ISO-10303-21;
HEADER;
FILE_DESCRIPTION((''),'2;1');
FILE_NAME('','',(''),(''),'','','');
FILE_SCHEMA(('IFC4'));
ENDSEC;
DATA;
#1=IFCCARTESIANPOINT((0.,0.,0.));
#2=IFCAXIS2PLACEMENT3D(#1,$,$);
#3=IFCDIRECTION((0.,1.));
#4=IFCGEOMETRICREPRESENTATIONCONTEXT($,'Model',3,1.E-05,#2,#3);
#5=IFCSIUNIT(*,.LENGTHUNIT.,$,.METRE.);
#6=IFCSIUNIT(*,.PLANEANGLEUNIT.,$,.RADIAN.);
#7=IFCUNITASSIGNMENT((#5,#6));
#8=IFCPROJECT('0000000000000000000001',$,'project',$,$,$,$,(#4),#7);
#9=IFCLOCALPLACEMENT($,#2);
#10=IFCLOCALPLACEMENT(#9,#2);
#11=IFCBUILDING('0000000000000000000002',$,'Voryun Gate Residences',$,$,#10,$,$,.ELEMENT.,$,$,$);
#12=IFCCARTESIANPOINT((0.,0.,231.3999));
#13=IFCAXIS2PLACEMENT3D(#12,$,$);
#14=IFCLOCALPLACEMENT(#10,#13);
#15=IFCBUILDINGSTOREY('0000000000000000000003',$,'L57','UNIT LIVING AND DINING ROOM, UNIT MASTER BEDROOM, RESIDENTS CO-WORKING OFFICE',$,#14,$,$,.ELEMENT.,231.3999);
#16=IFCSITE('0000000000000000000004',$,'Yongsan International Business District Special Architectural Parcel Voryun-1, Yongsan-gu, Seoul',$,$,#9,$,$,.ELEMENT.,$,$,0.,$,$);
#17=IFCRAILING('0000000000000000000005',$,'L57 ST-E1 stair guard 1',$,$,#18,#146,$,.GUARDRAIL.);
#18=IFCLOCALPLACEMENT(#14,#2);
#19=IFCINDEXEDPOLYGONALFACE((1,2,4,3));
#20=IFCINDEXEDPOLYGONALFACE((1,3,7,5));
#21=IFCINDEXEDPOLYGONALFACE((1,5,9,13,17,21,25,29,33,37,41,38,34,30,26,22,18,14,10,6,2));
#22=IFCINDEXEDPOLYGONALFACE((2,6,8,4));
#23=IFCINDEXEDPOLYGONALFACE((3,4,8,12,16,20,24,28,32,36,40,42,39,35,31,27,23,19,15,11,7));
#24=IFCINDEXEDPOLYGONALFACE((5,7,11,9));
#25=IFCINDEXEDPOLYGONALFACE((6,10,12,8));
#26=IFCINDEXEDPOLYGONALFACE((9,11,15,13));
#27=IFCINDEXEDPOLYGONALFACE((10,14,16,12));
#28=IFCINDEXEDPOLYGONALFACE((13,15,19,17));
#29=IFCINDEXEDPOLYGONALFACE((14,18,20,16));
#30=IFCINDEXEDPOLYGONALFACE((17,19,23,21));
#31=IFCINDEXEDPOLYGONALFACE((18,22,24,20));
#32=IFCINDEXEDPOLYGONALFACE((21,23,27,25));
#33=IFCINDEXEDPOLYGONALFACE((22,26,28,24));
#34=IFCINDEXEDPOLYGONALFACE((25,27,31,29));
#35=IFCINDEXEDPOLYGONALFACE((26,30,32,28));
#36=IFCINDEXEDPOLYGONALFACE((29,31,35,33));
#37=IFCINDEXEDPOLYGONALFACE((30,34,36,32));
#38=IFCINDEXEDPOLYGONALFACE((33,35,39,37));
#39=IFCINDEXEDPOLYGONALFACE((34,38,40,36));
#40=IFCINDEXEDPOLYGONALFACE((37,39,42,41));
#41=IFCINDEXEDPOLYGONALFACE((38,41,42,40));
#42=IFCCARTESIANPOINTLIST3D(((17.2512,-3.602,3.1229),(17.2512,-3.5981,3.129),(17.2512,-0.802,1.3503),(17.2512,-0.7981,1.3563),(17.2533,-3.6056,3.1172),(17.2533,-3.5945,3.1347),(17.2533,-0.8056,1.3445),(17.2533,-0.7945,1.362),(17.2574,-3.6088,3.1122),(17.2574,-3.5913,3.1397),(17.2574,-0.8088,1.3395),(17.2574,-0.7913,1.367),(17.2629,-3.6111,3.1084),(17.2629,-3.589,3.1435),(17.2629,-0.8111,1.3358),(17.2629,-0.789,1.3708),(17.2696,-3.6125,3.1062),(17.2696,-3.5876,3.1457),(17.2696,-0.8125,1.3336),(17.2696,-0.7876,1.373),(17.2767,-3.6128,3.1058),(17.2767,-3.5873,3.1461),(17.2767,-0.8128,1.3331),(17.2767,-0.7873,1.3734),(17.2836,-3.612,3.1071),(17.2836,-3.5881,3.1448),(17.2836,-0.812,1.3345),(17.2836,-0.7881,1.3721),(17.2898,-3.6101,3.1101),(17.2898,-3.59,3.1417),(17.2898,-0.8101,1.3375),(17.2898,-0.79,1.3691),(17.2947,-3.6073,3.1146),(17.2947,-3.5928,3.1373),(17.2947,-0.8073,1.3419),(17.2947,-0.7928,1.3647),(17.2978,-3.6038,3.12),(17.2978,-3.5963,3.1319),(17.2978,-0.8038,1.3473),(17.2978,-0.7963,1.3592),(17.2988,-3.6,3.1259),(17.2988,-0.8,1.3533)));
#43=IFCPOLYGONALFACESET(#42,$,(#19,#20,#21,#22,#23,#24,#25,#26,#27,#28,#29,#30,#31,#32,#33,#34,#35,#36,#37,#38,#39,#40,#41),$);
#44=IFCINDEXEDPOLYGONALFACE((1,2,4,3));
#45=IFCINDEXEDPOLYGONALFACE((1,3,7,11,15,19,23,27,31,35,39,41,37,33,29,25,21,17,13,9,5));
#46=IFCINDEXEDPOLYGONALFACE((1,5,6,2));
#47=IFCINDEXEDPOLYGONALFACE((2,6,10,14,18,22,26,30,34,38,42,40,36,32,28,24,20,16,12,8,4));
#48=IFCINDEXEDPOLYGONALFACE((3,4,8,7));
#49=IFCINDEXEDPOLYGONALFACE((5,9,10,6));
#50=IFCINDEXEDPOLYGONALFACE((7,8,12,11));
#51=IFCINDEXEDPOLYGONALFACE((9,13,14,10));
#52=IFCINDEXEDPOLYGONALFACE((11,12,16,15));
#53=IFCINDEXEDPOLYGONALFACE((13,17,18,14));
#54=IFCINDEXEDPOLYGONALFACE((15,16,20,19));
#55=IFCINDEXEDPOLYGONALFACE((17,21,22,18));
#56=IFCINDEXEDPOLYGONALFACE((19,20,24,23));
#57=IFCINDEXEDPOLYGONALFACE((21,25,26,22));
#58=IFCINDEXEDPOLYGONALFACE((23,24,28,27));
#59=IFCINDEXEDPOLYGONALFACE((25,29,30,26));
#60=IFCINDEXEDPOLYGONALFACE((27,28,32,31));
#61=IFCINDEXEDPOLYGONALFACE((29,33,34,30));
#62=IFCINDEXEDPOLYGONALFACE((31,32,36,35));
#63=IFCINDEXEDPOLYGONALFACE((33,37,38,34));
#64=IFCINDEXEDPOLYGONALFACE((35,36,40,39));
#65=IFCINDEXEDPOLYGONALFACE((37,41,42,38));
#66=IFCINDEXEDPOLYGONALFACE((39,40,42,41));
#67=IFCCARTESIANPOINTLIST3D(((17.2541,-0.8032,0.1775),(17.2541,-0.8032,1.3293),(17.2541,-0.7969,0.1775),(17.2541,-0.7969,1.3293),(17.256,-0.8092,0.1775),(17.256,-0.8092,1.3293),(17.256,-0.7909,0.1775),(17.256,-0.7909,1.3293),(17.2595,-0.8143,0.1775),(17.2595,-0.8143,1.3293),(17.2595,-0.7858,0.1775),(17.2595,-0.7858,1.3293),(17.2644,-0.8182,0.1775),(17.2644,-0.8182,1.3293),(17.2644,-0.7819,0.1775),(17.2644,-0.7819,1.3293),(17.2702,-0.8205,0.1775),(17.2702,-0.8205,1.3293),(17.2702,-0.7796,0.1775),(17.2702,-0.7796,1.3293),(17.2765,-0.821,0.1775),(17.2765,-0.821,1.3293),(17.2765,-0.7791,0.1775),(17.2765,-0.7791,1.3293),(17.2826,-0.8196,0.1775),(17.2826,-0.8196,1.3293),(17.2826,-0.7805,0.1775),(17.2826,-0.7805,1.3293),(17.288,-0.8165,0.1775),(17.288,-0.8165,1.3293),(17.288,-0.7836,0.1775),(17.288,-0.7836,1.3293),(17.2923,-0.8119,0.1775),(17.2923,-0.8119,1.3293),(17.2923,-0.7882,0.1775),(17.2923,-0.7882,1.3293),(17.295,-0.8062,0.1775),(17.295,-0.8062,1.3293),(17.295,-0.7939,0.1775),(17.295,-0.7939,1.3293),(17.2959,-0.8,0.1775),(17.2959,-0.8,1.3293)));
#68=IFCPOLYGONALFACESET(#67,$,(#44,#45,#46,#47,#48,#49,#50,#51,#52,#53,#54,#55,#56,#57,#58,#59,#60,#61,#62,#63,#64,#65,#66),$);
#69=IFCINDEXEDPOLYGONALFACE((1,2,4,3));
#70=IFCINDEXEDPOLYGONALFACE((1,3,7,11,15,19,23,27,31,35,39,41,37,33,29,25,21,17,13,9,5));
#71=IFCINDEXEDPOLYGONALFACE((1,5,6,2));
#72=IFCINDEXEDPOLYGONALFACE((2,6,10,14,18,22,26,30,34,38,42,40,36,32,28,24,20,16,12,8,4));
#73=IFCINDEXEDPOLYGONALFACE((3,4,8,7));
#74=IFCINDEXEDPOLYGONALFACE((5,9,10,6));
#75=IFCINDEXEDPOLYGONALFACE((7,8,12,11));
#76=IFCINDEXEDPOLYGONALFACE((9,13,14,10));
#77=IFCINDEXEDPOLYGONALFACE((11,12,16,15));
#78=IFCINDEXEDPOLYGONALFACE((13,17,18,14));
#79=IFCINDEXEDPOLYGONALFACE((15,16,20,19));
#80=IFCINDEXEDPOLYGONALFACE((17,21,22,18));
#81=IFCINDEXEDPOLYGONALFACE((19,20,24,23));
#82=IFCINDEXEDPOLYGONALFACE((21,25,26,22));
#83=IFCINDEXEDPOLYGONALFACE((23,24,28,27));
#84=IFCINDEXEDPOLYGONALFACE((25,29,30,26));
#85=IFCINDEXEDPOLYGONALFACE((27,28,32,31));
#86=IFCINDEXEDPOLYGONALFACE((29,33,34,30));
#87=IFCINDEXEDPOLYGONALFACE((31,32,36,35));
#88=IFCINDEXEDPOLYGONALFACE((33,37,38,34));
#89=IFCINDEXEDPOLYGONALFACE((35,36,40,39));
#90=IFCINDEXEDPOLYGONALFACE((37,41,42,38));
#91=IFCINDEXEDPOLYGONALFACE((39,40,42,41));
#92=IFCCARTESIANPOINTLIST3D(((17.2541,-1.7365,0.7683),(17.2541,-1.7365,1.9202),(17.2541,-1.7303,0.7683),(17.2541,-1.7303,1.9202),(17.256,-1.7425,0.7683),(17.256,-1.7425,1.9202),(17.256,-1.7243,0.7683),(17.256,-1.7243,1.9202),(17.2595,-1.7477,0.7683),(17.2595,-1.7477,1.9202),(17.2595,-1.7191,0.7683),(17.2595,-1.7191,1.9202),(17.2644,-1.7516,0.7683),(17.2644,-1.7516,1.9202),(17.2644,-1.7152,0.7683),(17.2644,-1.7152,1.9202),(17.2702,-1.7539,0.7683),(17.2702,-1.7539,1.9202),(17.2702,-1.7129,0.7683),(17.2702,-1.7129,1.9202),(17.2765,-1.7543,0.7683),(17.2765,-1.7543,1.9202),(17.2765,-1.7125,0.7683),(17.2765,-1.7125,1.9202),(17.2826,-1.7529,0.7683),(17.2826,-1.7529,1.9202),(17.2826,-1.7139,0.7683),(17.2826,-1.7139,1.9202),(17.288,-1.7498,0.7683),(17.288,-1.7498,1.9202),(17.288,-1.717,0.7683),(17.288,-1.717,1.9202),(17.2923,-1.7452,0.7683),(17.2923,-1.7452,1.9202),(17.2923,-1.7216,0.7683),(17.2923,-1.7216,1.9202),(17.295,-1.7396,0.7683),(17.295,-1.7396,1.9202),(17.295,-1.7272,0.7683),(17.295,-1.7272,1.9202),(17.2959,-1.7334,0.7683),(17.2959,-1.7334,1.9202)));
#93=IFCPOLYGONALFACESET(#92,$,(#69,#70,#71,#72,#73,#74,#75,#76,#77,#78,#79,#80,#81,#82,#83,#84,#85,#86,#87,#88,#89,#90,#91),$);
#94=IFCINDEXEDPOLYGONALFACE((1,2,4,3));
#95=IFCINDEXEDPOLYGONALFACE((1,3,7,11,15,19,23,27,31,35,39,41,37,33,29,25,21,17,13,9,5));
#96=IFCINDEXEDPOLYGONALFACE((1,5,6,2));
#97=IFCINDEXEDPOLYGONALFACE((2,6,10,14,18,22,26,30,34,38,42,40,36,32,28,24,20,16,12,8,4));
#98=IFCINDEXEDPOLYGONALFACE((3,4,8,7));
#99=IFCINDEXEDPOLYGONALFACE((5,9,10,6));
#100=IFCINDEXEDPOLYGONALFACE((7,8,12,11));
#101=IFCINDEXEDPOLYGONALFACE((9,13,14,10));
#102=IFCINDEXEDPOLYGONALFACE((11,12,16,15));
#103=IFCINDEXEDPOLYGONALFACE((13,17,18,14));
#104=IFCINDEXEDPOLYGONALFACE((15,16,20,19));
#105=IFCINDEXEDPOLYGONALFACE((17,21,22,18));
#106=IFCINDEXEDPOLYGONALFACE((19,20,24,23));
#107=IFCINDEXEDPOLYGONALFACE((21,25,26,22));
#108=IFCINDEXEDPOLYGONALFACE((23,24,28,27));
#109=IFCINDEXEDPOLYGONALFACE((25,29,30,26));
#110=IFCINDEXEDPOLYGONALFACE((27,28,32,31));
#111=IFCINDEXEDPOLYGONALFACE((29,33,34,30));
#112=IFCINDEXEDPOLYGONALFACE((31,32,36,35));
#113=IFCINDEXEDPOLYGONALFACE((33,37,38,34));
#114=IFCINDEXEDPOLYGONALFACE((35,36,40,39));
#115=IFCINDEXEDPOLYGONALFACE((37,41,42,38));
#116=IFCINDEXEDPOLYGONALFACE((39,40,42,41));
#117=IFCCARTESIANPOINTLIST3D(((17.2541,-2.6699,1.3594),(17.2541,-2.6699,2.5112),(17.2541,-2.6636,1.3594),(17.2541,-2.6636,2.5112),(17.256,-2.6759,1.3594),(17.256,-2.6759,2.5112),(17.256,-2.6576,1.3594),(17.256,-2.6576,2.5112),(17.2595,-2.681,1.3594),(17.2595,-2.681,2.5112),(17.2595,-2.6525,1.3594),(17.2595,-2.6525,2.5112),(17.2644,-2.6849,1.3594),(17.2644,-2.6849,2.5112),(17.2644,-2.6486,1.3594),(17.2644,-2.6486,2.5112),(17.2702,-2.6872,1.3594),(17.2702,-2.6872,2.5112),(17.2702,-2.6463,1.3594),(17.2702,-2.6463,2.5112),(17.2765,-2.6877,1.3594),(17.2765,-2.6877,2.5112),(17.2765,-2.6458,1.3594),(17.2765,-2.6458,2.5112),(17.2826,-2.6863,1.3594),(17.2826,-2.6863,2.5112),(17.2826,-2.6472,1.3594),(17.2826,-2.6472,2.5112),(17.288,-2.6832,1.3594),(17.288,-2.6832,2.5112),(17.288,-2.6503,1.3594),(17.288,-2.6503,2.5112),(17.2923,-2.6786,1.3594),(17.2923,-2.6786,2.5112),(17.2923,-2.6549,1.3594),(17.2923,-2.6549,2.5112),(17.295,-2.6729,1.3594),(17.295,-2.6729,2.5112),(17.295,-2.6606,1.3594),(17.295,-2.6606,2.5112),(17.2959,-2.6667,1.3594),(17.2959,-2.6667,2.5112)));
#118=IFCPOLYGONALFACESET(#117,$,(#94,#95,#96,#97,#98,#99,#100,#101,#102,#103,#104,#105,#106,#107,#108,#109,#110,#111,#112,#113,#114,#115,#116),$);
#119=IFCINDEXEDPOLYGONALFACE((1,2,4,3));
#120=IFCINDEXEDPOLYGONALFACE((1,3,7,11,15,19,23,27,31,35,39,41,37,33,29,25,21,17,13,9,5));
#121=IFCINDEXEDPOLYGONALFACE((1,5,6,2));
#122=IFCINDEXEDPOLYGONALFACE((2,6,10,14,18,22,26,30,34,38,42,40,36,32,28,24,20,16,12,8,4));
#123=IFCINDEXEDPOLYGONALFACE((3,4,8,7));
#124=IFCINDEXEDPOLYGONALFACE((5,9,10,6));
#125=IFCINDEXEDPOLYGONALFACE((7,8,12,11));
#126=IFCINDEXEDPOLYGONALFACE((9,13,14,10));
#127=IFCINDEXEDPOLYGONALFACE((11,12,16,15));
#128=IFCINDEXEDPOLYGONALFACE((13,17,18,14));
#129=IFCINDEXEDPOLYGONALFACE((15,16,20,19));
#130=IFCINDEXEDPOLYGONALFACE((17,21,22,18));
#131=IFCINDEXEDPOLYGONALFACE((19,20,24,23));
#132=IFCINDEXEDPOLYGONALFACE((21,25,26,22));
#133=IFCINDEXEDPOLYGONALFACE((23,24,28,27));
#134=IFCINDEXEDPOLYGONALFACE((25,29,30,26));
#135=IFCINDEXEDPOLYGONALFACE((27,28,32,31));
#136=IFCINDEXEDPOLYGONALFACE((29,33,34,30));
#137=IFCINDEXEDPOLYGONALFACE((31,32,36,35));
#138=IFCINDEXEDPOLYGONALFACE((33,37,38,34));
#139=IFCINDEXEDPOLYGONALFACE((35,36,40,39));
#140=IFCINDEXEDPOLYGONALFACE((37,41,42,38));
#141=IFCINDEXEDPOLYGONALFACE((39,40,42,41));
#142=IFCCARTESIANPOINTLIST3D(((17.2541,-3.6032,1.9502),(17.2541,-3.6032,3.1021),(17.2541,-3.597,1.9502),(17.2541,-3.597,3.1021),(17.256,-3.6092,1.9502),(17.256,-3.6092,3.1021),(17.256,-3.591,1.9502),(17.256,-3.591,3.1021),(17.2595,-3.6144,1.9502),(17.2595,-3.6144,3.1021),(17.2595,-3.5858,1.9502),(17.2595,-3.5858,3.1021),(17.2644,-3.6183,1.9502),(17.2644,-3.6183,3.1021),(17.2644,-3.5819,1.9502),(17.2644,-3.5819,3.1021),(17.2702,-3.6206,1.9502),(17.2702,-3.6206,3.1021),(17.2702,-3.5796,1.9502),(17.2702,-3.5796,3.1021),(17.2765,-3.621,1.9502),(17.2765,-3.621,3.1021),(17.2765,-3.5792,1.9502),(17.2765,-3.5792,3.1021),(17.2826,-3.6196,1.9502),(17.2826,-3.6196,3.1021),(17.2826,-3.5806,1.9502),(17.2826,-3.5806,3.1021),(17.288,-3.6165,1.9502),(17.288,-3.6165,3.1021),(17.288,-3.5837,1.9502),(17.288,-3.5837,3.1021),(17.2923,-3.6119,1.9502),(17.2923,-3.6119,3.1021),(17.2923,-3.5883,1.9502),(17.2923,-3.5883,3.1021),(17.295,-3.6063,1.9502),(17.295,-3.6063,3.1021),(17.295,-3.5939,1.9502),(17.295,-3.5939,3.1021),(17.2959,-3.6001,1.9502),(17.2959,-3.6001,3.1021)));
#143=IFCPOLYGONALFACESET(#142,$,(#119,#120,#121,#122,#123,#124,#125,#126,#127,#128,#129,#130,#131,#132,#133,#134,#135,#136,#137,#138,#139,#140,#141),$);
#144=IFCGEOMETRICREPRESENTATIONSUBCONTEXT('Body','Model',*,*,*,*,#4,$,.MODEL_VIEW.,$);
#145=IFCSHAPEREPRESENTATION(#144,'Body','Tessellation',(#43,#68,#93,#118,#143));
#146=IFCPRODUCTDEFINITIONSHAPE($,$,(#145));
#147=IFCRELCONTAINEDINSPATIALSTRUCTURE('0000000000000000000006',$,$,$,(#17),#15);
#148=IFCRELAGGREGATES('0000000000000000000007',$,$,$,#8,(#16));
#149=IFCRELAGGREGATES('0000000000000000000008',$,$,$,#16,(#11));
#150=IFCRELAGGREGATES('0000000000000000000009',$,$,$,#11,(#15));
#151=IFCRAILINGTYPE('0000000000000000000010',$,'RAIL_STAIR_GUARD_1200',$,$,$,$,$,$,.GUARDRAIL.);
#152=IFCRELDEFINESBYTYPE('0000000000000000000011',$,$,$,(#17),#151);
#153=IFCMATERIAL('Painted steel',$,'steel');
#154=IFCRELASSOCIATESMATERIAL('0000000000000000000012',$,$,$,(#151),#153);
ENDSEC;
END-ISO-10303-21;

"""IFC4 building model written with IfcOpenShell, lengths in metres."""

from ifc_helpers import new_model, si_unit, direction, frame, origin, origin_2d, place, context, subcontext, project, spatial, circle, extrude, material, type_object, element, save


model = new_model("IFC4")

# Units and contexts
model_context = context("Model", 3, precision=1e-05, world=origin(), true_north=direction((0.0, 1.0)))
body_context = subcontext(model_context, "Body", "Model", "MODEL_VIEW")
ifc_project = project(units=[si_unit("LENGTHUNIT", "METRE"), si_unit("PLANEANGLEUNIT", "RADIAN")], contexts=[model_context])

# Site, building, storey
site_placement = place(None, origin())
site = spatial("IfcSite", under=ifc_project, at=site_placement, Name="Yongsan International Business District Special Architectural Parcel Voryun-1, Yongsan-gu, Seoul", CompositionType="ELEMENT", RefElevation=0.0)
building_placement = place(site_placement, origin())
building = spatial("IfcBuilding", under=site, at=building_placement, Name="Voryun Gate Residences", CompositionType="ELEMENT")
storey_placement = place(building_placement, frame((0.0, 0.0, 231.3999)))
storey = spatial("IfcBuildingStorey", under=building, at=storey_placement, Name="L57", Description="UNIT LIVING AND DINING ROOM, UNIT MASTER BEDROOM, RESIDENTS CO-WORKING OFFICE", CompositionType="ELEMENT", Elevation=231.3999)

# Railing
ifc_material_1 = material(Name="Painted steel", Category="steel")
railing_type_1 = type_object("IfcRailingType", Name="RAIL_STAIR_GUARD_1200", PredefinedType="GUARDRAIL", material=ifc_material_1)
railing_1_placement = place(storey_placement, frame((17.2749, -0.8, 0.1775)))
element("IfcRailing", 1, at=railing_1_placement, inside=storey, type_object=railing_type_1, Name="L57 ST-E1 stair guard 1", PredefinedType="GUARDRAIL", context=body_context, shape_type="SweptSolid", body=[
    extrude(circle(Radius=0.0239, at=origin_2d()), frame((0.0, 0.0, 1.1758), z_axis=(0.0, -0.844909, 0.53491), x_axis=(1.0, 0.0, 0.0)), (0.0, 0.0, 1.0), 3.314),
    extrude(circle(Radius=0.021, at=origin_2d()), origin(), (0.0, 0.0, 1.0), 1.1519),
    extrude(circle(Radius=0.021, at=origin_2d()), frame((0.0, -0.9333, 0.5908)), (0.0, 0.0, 1.0), 1.1519),
    extrude(circle(Radius=0.021, at=origin_2d()), frame((0.0, -1.8667, 1.1819)), (0.0, 0.0, 1.0), 1.1519),
    extrude(circle(Radius=0.021, at=origin_2d()), frame((0.0, -2.8, 1.7727)), (0.0, 0.0, 1.0), 1.1519),
])

save(model, "model.ifc")
